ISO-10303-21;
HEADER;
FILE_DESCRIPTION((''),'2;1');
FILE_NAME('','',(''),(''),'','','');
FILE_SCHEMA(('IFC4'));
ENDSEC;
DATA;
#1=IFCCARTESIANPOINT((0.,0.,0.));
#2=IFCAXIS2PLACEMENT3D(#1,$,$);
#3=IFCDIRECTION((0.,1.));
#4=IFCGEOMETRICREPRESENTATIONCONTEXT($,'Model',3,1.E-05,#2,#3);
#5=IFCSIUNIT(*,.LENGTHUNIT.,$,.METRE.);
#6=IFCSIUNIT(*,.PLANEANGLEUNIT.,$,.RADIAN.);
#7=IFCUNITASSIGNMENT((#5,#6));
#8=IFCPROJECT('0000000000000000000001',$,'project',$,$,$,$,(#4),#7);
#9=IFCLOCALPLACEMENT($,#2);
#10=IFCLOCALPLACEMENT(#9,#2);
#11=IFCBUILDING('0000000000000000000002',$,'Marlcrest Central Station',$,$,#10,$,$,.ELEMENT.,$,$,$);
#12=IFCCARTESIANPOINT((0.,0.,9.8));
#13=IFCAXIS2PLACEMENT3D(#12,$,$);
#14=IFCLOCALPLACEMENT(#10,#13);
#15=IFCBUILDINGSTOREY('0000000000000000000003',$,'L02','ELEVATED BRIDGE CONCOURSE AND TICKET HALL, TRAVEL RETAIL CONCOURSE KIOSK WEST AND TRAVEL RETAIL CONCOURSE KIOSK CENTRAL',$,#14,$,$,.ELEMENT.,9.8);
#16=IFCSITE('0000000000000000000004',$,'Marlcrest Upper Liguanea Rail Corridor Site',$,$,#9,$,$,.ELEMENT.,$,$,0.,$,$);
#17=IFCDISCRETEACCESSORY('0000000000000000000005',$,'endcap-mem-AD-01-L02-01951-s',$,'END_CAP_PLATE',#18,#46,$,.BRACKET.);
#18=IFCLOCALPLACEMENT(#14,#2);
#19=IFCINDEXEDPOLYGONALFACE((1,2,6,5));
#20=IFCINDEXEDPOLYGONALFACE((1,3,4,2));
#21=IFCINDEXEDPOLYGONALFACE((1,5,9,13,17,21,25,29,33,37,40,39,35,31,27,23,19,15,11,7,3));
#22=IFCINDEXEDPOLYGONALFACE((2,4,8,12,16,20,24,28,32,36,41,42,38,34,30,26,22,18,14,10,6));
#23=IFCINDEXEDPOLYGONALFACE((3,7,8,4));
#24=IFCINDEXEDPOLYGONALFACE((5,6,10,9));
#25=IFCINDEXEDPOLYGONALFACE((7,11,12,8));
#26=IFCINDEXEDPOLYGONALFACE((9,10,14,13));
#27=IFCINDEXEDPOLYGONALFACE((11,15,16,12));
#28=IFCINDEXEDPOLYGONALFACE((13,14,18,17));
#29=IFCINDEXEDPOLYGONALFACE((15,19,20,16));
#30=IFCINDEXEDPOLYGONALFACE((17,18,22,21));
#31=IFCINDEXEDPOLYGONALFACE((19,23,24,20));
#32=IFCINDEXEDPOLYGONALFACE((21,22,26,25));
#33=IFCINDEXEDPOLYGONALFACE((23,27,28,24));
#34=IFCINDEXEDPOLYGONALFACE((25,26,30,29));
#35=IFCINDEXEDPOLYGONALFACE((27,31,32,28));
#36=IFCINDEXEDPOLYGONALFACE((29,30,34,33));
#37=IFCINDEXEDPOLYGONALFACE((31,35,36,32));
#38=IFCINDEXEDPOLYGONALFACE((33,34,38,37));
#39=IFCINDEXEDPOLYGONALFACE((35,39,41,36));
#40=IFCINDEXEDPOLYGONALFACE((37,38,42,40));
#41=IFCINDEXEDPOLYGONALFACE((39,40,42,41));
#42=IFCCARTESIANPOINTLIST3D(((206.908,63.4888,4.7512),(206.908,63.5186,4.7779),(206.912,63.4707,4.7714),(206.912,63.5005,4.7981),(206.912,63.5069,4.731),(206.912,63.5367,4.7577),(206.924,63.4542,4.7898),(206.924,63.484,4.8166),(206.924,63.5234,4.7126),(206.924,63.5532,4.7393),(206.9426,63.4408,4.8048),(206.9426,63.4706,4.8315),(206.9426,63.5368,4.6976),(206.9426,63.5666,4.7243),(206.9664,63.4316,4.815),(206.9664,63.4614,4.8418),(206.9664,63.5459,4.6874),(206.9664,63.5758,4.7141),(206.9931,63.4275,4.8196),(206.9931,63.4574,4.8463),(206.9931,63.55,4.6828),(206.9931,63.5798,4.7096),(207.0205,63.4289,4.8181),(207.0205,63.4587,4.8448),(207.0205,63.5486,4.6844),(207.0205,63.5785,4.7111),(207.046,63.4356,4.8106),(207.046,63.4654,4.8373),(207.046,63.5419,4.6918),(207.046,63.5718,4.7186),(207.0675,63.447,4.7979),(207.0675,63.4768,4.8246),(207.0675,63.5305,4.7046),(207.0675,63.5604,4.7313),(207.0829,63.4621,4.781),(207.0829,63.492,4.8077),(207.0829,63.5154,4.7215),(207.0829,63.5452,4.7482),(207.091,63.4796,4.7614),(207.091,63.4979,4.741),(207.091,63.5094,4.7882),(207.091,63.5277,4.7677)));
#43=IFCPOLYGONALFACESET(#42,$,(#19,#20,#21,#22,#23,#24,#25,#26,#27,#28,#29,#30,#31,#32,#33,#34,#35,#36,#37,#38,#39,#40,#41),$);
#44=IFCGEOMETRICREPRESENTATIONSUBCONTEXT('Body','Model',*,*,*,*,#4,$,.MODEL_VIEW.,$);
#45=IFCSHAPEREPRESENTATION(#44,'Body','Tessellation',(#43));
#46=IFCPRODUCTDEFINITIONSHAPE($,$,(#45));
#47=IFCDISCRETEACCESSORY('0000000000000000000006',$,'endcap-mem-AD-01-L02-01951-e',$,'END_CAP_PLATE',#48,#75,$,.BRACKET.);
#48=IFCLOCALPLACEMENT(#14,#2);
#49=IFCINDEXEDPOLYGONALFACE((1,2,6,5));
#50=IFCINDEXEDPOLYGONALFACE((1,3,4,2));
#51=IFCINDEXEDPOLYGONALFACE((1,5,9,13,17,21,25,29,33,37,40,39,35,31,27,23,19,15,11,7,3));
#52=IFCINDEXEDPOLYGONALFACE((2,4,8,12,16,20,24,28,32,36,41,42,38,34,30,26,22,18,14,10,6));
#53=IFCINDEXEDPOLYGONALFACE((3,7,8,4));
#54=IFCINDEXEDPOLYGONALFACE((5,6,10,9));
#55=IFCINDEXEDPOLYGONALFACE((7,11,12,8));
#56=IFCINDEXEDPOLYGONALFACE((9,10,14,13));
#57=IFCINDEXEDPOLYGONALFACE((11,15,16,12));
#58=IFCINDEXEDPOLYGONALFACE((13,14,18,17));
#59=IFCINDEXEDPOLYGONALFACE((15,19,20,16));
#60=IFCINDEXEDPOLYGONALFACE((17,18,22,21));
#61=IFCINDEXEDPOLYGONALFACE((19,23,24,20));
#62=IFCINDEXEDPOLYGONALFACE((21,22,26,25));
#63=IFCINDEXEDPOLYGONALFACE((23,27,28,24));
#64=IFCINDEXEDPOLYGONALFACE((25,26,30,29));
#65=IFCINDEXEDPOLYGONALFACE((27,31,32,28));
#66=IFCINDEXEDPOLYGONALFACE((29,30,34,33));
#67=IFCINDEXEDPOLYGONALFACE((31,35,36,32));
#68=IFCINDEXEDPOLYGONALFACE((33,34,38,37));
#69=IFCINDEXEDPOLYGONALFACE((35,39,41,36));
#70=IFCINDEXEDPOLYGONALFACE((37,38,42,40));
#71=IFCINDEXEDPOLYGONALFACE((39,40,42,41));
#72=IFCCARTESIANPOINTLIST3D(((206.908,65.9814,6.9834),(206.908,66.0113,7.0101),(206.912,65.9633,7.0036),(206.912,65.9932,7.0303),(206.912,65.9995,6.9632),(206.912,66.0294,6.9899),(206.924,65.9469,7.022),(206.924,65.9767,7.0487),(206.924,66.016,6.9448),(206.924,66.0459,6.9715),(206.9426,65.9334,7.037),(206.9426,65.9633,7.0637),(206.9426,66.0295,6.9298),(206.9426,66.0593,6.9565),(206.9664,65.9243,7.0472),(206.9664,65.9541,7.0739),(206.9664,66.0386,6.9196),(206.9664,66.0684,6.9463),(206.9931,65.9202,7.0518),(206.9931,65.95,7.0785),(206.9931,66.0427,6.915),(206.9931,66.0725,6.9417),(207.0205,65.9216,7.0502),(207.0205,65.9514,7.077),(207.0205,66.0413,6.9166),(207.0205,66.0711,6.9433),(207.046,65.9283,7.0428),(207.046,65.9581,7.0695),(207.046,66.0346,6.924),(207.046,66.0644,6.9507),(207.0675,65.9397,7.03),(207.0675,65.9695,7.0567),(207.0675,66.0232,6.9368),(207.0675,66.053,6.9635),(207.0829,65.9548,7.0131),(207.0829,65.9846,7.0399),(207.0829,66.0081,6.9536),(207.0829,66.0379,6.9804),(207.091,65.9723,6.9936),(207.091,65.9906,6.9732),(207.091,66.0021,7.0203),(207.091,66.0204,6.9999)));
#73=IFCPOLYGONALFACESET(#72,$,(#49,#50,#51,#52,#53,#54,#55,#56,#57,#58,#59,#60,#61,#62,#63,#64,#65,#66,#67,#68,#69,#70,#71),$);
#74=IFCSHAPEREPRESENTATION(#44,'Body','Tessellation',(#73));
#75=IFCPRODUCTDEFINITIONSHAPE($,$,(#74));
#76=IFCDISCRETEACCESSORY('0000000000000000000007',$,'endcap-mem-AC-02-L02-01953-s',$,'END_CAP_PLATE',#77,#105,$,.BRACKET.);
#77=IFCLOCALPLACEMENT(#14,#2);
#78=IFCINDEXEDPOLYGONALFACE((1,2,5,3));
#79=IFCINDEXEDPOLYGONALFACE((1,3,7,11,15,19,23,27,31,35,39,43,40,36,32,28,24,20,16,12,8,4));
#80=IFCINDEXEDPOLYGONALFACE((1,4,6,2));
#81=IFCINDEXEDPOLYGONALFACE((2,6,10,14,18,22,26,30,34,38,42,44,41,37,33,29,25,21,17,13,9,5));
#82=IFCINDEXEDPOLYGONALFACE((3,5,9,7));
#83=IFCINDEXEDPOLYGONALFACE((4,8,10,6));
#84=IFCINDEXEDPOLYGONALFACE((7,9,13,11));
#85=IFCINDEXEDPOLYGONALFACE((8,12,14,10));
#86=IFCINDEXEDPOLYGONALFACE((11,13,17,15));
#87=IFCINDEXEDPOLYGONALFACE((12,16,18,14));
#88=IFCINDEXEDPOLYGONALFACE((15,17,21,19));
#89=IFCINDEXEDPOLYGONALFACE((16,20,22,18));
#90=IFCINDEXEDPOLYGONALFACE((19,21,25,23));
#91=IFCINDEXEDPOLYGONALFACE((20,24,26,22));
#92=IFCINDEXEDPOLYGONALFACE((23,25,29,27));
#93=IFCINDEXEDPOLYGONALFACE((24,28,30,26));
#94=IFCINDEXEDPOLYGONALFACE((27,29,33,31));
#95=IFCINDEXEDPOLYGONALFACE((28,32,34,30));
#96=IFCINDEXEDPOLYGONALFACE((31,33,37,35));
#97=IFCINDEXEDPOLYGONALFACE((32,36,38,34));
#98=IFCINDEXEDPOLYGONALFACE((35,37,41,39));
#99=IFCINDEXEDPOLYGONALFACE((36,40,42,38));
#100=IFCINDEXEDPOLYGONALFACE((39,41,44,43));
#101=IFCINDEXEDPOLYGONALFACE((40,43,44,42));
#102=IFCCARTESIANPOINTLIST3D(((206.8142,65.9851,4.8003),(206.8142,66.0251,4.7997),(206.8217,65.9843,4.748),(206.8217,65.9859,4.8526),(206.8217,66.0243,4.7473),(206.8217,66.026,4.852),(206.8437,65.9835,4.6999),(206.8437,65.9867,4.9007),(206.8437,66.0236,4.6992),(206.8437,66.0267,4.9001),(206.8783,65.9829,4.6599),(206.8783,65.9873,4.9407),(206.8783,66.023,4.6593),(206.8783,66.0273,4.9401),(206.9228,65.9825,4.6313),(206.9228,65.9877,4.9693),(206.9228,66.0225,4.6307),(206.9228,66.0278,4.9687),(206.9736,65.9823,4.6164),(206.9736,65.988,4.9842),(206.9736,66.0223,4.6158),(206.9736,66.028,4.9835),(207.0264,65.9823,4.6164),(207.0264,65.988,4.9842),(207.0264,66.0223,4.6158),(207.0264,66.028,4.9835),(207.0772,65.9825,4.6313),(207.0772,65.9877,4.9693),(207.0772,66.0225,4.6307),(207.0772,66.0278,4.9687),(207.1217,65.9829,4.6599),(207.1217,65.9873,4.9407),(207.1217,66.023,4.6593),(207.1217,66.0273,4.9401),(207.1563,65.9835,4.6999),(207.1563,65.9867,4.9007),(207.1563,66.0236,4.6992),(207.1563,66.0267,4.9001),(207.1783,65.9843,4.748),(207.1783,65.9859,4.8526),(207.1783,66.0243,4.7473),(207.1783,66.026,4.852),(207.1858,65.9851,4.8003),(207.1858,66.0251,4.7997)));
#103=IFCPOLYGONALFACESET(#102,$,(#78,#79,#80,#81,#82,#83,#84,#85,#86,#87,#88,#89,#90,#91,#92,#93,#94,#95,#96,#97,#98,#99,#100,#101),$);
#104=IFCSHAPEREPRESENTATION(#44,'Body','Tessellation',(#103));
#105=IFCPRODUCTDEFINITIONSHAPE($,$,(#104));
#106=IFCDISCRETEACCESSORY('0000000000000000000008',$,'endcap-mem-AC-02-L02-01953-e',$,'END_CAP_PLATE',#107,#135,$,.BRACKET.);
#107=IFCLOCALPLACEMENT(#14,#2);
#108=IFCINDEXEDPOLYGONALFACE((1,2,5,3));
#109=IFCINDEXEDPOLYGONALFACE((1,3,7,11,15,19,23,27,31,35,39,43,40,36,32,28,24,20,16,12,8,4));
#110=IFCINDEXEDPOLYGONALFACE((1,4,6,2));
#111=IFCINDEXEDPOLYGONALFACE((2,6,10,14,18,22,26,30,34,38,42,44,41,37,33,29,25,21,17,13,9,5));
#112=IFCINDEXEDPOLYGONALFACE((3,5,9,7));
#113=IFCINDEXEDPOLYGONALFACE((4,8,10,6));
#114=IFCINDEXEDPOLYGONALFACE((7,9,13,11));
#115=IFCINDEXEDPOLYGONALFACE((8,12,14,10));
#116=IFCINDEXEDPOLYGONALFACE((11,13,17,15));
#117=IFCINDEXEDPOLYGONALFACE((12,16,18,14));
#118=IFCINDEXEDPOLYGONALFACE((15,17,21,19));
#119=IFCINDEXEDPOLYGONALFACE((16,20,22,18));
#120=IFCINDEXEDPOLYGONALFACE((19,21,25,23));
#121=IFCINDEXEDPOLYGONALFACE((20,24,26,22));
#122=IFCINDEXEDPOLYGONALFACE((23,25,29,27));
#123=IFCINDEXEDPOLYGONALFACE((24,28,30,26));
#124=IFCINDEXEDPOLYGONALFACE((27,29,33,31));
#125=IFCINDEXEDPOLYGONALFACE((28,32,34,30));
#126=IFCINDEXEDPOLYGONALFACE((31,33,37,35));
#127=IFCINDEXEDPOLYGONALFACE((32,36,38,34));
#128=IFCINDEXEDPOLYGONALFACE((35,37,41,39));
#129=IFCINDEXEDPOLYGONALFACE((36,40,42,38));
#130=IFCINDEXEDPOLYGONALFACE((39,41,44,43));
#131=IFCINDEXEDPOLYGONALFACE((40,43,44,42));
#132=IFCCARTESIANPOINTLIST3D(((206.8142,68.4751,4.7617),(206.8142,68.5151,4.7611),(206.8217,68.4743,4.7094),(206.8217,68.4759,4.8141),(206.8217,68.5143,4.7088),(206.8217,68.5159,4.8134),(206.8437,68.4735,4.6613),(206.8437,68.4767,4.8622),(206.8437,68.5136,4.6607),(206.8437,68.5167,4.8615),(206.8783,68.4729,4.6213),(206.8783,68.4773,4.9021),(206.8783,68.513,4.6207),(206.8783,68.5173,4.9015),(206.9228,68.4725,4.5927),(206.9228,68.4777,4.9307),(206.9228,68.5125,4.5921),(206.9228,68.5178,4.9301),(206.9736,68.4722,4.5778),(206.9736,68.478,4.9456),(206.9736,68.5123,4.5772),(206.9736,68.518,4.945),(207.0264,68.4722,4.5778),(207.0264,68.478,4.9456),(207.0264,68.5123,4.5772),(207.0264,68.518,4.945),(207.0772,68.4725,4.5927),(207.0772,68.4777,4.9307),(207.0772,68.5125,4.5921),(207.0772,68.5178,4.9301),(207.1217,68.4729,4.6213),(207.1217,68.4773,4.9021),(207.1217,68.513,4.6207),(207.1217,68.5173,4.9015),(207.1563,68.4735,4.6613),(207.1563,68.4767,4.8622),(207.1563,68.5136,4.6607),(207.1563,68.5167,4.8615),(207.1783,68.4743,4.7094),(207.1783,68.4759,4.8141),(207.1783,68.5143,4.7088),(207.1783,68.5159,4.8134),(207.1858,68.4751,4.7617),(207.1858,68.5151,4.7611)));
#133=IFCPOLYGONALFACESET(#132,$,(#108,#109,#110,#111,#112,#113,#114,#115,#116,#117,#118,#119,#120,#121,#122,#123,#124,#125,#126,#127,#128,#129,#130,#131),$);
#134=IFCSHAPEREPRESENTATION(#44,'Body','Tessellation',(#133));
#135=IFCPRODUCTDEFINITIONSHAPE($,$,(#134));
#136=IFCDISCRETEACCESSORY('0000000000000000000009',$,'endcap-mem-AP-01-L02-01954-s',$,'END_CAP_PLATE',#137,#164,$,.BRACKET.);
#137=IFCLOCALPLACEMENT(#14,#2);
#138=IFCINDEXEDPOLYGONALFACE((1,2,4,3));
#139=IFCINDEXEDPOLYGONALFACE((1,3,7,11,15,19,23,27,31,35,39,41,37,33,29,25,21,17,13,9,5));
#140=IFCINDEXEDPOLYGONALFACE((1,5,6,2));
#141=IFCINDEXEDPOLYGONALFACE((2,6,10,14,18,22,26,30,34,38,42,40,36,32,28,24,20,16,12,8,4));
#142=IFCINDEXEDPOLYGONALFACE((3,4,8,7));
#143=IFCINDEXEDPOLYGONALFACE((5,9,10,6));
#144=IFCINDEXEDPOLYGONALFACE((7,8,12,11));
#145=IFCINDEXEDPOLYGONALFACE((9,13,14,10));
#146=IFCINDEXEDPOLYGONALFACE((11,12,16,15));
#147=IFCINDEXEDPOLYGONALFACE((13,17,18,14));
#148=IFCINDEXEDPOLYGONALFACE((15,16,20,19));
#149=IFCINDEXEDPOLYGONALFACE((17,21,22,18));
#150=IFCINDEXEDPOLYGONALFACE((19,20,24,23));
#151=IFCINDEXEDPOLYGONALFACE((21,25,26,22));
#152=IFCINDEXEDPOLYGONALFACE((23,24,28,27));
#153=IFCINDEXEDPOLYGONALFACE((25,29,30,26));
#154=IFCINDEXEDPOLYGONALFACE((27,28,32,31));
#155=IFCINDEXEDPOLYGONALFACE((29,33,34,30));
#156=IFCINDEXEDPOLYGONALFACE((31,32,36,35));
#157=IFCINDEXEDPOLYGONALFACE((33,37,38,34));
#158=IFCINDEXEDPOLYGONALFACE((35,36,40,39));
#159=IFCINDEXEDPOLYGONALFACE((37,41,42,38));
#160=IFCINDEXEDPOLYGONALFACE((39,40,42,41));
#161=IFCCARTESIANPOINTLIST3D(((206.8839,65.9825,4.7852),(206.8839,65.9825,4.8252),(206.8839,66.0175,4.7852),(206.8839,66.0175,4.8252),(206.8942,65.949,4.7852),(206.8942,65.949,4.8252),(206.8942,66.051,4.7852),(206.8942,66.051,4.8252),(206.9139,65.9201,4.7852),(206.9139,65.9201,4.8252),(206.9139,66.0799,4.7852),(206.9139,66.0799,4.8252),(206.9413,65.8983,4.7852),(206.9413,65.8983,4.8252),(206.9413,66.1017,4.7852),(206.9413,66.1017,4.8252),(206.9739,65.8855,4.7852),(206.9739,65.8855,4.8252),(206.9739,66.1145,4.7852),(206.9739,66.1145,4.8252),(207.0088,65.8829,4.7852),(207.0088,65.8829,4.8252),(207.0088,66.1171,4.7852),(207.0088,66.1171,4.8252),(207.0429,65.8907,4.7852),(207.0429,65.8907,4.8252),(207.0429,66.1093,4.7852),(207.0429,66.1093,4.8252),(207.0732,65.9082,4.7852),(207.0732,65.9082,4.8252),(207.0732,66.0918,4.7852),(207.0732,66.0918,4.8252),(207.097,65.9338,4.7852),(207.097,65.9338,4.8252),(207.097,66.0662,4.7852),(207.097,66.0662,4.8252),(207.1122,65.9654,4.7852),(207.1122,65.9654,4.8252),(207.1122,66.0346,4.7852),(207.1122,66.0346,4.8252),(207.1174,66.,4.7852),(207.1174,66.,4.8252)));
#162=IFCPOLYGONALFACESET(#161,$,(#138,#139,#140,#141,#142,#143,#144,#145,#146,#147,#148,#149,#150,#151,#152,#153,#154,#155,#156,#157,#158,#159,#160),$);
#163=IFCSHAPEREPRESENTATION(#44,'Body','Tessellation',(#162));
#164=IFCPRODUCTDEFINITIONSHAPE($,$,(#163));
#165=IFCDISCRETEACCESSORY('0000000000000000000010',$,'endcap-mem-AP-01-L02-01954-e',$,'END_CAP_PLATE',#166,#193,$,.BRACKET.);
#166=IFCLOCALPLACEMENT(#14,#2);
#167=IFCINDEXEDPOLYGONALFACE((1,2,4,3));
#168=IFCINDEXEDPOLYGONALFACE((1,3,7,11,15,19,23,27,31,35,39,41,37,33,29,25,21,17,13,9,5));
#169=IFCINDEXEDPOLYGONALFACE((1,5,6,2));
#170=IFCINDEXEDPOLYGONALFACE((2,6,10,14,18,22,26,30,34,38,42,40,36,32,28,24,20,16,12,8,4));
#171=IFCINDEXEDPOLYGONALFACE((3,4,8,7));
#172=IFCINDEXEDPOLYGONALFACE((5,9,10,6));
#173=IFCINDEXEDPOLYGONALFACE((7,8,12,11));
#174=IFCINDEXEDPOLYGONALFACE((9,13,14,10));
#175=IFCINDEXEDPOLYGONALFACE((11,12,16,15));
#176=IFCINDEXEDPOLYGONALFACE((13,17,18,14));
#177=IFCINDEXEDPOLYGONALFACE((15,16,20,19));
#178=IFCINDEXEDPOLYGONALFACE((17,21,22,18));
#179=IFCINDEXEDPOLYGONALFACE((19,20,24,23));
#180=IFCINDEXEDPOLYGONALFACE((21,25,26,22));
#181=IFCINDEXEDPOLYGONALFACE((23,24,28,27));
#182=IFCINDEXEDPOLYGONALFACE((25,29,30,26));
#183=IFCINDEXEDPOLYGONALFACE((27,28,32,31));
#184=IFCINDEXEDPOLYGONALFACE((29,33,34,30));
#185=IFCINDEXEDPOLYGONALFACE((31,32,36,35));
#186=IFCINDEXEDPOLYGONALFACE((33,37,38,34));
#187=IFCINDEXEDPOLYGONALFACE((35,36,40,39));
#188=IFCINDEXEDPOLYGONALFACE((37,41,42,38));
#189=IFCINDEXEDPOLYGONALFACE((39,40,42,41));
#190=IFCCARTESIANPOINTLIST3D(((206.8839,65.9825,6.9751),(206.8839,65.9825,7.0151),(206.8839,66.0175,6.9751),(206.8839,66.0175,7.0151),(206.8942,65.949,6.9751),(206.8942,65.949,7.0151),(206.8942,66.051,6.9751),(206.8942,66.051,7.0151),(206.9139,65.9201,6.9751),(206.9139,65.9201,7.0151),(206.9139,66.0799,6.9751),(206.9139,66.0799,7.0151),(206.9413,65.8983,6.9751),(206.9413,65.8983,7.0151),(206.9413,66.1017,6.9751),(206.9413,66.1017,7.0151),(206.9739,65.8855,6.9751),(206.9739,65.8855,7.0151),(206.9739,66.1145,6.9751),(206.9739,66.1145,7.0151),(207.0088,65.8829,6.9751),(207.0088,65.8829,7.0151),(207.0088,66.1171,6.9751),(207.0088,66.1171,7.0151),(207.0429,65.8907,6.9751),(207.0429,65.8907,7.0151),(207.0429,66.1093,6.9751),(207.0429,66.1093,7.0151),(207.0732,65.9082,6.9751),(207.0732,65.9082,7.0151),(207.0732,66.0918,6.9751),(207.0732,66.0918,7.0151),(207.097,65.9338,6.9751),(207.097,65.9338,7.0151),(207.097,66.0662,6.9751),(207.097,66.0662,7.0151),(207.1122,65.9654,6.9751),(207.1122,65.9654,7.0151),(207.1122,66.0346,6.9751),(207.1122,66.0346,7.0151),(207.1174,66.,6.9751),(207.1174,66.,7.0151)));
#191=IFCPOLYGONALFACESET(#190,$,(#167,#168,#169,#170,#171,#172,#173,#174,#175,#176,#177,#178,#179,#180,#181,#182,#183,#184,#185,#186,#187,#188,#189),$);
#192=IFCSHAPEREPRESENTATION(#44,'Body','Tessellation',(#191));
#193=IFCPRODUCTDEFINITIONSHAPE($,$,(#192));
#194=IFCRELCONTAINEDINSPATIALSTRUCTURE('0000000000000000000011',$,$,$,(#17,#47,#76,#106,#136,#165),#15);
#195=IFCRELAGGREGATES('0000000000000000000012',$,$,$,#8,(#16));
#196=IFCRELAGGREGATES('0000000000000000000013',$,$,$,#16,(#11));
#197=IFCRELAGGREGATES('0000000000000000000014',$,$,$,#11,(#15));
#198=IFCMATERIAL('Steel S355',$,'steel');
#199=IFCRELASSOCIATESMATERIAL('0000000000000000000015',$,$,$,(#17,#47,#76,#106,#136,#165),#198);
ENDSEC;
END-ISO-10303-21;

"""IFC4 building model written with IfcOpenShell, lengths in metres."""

from ifc_helpers import new_model, si_unit, direction, frame, origin, origin_2d, place, context, subcontext, project, spatial, circle, extrude, material, element, save


model = new_model("IFC4")

# Units and contexts
model_context = context("Model", 3, precision=1e-05, world=origin(), true_north=direction((0.0, 1.0)))
body_context = subcontext(model_context, "Body", "Model", "MODEL_VIEW")
ifc_project = project(units=[si_unit("LENGTHUNIT", "METRE"), si_unit("PLANEANGLEUNIT", "RADIAN")], contexts=[model_context])

# Site, building, storey
site_placement = place(None, origin())
site = spatial("IfcSite", under=ifc_project, at=site_placement, Name="Marlcrest Upper Liguanea Rail Corridor Site", CompositionType="ELEMENT", RefElevation=0.0)
building_placement = place(site_placement, origin())
building = spatial("IfcBuilding", under=site, at=building_placement, Name="Marlcrest Central Station", CompositionType="ELEMENT")
storey_placement = place(building_placement, frame((0.0, 0.0, 9.8)))
storey = spatial("IfcBuildingStorey", under=building, at=storey_placement, Name="L02", Description="ELEVATED BRIDGE CONCOURSE AND TICKET HALL, TRAVEL RETAIL CONCOURSE KIOSK WEST AND TRAVEL RETAIL CONCOURSE KIOSK CENTRAL", CompositionType="ELEMENT", Elevation=9.8)

# Shared definitions
ifc_material = material(Name="Steel S355", Category="steel")

# Discrete accessories
for number, where, z_axis, x_axis, name in (
    (1, (207.0, 63.4888, 4.7512), (0.0, 0.744956, 0.667114), (-1.0, 0.0, 0.0), "endcap-mem-AD-01-L02-01951-s"),
    (2, (207.0, 65.9814, 6.9834), (0.0, 0.744956, 0.667114), (-1.0, 0.0, 0.0), "endcap-mem-AD-01-L02-01951-e"),
):
    element("IfcDiscreteAccessory", number, at=place(storey_placement, frame(where, z_axis=z_axis, x_axis=x_axis)), inside=storey, material=ifc_material, Name=name, ObjectType="END_CAP_PLATE", PredefinedType="BRACKET", context=body_context, shape_type="SweptSolid", body=[
        extrude(circle(Radius=0.092, at=origin_2d()), origin(), (0.0, 0.0, 1.0), 0.04),
    ])
for number, where, z_axis, x_axis, name in (
    (3, (207.0, 65.9851, 4.8003), (0.0, 0.999879, -0.015525), (-1.0, 0.0, 0.0), "endcap-mem-AC-02-L02-01953-s"),
    (4, (207.0, 68.4751, 4.7617), (0.0, 0.999879, -0.015525), (-1.0, 0.0, 0.0), "endcap-mem-AC-02-L02-01953-e"),
):
    element("IfcDiscreteAccessory", number, at=place(storey_placement, frame(where, z_axis=z_axis, x_axis=x_axis)), inside=storey, material=ifc_material, Name=name, ObjectType="END_CAP_PLATE", PredefinedType="BRACKET", context=body_context, shape_type="SweptSolid", body=[
        extrude(circle(Radius=0.1858, at=origin_2d()), origin(), (0.0, 0.0, 1.0), 0.04),
    ])
for number, where, z_axis, x_axis, name in (
    (5, (207.0, 66.0, 4.7852), (0.0, 0.0, 1.0), (1.0, 0.0, 0.0), "endcap-mem-AP-01-L02-01954-s"),
    (6, (207.0, 66.0, 6.9751), (0.0, 0.0, 1.0), (1.0, 0.0, 0.0), "endcap-mem-AP-01-L02-01954-e"),
):
    element("IfcDiscreteAccessory", number, at=place(storey_placement, frame(where, z_axis=z_axis, x_axis=x_axis)), inside=storey, material=ifc_material, Name=name, ObjectType="END_CAP_PLATE", PredefinedType="BRACKET", context=body_context, shape_type="SweptSolid", body=[
        extrude(circle(Radius=0.1174, at=origin_2d()), origin(), (0.0, 0.0, 1.0), 0.04),
    ])

save(model, "model.ifc")
